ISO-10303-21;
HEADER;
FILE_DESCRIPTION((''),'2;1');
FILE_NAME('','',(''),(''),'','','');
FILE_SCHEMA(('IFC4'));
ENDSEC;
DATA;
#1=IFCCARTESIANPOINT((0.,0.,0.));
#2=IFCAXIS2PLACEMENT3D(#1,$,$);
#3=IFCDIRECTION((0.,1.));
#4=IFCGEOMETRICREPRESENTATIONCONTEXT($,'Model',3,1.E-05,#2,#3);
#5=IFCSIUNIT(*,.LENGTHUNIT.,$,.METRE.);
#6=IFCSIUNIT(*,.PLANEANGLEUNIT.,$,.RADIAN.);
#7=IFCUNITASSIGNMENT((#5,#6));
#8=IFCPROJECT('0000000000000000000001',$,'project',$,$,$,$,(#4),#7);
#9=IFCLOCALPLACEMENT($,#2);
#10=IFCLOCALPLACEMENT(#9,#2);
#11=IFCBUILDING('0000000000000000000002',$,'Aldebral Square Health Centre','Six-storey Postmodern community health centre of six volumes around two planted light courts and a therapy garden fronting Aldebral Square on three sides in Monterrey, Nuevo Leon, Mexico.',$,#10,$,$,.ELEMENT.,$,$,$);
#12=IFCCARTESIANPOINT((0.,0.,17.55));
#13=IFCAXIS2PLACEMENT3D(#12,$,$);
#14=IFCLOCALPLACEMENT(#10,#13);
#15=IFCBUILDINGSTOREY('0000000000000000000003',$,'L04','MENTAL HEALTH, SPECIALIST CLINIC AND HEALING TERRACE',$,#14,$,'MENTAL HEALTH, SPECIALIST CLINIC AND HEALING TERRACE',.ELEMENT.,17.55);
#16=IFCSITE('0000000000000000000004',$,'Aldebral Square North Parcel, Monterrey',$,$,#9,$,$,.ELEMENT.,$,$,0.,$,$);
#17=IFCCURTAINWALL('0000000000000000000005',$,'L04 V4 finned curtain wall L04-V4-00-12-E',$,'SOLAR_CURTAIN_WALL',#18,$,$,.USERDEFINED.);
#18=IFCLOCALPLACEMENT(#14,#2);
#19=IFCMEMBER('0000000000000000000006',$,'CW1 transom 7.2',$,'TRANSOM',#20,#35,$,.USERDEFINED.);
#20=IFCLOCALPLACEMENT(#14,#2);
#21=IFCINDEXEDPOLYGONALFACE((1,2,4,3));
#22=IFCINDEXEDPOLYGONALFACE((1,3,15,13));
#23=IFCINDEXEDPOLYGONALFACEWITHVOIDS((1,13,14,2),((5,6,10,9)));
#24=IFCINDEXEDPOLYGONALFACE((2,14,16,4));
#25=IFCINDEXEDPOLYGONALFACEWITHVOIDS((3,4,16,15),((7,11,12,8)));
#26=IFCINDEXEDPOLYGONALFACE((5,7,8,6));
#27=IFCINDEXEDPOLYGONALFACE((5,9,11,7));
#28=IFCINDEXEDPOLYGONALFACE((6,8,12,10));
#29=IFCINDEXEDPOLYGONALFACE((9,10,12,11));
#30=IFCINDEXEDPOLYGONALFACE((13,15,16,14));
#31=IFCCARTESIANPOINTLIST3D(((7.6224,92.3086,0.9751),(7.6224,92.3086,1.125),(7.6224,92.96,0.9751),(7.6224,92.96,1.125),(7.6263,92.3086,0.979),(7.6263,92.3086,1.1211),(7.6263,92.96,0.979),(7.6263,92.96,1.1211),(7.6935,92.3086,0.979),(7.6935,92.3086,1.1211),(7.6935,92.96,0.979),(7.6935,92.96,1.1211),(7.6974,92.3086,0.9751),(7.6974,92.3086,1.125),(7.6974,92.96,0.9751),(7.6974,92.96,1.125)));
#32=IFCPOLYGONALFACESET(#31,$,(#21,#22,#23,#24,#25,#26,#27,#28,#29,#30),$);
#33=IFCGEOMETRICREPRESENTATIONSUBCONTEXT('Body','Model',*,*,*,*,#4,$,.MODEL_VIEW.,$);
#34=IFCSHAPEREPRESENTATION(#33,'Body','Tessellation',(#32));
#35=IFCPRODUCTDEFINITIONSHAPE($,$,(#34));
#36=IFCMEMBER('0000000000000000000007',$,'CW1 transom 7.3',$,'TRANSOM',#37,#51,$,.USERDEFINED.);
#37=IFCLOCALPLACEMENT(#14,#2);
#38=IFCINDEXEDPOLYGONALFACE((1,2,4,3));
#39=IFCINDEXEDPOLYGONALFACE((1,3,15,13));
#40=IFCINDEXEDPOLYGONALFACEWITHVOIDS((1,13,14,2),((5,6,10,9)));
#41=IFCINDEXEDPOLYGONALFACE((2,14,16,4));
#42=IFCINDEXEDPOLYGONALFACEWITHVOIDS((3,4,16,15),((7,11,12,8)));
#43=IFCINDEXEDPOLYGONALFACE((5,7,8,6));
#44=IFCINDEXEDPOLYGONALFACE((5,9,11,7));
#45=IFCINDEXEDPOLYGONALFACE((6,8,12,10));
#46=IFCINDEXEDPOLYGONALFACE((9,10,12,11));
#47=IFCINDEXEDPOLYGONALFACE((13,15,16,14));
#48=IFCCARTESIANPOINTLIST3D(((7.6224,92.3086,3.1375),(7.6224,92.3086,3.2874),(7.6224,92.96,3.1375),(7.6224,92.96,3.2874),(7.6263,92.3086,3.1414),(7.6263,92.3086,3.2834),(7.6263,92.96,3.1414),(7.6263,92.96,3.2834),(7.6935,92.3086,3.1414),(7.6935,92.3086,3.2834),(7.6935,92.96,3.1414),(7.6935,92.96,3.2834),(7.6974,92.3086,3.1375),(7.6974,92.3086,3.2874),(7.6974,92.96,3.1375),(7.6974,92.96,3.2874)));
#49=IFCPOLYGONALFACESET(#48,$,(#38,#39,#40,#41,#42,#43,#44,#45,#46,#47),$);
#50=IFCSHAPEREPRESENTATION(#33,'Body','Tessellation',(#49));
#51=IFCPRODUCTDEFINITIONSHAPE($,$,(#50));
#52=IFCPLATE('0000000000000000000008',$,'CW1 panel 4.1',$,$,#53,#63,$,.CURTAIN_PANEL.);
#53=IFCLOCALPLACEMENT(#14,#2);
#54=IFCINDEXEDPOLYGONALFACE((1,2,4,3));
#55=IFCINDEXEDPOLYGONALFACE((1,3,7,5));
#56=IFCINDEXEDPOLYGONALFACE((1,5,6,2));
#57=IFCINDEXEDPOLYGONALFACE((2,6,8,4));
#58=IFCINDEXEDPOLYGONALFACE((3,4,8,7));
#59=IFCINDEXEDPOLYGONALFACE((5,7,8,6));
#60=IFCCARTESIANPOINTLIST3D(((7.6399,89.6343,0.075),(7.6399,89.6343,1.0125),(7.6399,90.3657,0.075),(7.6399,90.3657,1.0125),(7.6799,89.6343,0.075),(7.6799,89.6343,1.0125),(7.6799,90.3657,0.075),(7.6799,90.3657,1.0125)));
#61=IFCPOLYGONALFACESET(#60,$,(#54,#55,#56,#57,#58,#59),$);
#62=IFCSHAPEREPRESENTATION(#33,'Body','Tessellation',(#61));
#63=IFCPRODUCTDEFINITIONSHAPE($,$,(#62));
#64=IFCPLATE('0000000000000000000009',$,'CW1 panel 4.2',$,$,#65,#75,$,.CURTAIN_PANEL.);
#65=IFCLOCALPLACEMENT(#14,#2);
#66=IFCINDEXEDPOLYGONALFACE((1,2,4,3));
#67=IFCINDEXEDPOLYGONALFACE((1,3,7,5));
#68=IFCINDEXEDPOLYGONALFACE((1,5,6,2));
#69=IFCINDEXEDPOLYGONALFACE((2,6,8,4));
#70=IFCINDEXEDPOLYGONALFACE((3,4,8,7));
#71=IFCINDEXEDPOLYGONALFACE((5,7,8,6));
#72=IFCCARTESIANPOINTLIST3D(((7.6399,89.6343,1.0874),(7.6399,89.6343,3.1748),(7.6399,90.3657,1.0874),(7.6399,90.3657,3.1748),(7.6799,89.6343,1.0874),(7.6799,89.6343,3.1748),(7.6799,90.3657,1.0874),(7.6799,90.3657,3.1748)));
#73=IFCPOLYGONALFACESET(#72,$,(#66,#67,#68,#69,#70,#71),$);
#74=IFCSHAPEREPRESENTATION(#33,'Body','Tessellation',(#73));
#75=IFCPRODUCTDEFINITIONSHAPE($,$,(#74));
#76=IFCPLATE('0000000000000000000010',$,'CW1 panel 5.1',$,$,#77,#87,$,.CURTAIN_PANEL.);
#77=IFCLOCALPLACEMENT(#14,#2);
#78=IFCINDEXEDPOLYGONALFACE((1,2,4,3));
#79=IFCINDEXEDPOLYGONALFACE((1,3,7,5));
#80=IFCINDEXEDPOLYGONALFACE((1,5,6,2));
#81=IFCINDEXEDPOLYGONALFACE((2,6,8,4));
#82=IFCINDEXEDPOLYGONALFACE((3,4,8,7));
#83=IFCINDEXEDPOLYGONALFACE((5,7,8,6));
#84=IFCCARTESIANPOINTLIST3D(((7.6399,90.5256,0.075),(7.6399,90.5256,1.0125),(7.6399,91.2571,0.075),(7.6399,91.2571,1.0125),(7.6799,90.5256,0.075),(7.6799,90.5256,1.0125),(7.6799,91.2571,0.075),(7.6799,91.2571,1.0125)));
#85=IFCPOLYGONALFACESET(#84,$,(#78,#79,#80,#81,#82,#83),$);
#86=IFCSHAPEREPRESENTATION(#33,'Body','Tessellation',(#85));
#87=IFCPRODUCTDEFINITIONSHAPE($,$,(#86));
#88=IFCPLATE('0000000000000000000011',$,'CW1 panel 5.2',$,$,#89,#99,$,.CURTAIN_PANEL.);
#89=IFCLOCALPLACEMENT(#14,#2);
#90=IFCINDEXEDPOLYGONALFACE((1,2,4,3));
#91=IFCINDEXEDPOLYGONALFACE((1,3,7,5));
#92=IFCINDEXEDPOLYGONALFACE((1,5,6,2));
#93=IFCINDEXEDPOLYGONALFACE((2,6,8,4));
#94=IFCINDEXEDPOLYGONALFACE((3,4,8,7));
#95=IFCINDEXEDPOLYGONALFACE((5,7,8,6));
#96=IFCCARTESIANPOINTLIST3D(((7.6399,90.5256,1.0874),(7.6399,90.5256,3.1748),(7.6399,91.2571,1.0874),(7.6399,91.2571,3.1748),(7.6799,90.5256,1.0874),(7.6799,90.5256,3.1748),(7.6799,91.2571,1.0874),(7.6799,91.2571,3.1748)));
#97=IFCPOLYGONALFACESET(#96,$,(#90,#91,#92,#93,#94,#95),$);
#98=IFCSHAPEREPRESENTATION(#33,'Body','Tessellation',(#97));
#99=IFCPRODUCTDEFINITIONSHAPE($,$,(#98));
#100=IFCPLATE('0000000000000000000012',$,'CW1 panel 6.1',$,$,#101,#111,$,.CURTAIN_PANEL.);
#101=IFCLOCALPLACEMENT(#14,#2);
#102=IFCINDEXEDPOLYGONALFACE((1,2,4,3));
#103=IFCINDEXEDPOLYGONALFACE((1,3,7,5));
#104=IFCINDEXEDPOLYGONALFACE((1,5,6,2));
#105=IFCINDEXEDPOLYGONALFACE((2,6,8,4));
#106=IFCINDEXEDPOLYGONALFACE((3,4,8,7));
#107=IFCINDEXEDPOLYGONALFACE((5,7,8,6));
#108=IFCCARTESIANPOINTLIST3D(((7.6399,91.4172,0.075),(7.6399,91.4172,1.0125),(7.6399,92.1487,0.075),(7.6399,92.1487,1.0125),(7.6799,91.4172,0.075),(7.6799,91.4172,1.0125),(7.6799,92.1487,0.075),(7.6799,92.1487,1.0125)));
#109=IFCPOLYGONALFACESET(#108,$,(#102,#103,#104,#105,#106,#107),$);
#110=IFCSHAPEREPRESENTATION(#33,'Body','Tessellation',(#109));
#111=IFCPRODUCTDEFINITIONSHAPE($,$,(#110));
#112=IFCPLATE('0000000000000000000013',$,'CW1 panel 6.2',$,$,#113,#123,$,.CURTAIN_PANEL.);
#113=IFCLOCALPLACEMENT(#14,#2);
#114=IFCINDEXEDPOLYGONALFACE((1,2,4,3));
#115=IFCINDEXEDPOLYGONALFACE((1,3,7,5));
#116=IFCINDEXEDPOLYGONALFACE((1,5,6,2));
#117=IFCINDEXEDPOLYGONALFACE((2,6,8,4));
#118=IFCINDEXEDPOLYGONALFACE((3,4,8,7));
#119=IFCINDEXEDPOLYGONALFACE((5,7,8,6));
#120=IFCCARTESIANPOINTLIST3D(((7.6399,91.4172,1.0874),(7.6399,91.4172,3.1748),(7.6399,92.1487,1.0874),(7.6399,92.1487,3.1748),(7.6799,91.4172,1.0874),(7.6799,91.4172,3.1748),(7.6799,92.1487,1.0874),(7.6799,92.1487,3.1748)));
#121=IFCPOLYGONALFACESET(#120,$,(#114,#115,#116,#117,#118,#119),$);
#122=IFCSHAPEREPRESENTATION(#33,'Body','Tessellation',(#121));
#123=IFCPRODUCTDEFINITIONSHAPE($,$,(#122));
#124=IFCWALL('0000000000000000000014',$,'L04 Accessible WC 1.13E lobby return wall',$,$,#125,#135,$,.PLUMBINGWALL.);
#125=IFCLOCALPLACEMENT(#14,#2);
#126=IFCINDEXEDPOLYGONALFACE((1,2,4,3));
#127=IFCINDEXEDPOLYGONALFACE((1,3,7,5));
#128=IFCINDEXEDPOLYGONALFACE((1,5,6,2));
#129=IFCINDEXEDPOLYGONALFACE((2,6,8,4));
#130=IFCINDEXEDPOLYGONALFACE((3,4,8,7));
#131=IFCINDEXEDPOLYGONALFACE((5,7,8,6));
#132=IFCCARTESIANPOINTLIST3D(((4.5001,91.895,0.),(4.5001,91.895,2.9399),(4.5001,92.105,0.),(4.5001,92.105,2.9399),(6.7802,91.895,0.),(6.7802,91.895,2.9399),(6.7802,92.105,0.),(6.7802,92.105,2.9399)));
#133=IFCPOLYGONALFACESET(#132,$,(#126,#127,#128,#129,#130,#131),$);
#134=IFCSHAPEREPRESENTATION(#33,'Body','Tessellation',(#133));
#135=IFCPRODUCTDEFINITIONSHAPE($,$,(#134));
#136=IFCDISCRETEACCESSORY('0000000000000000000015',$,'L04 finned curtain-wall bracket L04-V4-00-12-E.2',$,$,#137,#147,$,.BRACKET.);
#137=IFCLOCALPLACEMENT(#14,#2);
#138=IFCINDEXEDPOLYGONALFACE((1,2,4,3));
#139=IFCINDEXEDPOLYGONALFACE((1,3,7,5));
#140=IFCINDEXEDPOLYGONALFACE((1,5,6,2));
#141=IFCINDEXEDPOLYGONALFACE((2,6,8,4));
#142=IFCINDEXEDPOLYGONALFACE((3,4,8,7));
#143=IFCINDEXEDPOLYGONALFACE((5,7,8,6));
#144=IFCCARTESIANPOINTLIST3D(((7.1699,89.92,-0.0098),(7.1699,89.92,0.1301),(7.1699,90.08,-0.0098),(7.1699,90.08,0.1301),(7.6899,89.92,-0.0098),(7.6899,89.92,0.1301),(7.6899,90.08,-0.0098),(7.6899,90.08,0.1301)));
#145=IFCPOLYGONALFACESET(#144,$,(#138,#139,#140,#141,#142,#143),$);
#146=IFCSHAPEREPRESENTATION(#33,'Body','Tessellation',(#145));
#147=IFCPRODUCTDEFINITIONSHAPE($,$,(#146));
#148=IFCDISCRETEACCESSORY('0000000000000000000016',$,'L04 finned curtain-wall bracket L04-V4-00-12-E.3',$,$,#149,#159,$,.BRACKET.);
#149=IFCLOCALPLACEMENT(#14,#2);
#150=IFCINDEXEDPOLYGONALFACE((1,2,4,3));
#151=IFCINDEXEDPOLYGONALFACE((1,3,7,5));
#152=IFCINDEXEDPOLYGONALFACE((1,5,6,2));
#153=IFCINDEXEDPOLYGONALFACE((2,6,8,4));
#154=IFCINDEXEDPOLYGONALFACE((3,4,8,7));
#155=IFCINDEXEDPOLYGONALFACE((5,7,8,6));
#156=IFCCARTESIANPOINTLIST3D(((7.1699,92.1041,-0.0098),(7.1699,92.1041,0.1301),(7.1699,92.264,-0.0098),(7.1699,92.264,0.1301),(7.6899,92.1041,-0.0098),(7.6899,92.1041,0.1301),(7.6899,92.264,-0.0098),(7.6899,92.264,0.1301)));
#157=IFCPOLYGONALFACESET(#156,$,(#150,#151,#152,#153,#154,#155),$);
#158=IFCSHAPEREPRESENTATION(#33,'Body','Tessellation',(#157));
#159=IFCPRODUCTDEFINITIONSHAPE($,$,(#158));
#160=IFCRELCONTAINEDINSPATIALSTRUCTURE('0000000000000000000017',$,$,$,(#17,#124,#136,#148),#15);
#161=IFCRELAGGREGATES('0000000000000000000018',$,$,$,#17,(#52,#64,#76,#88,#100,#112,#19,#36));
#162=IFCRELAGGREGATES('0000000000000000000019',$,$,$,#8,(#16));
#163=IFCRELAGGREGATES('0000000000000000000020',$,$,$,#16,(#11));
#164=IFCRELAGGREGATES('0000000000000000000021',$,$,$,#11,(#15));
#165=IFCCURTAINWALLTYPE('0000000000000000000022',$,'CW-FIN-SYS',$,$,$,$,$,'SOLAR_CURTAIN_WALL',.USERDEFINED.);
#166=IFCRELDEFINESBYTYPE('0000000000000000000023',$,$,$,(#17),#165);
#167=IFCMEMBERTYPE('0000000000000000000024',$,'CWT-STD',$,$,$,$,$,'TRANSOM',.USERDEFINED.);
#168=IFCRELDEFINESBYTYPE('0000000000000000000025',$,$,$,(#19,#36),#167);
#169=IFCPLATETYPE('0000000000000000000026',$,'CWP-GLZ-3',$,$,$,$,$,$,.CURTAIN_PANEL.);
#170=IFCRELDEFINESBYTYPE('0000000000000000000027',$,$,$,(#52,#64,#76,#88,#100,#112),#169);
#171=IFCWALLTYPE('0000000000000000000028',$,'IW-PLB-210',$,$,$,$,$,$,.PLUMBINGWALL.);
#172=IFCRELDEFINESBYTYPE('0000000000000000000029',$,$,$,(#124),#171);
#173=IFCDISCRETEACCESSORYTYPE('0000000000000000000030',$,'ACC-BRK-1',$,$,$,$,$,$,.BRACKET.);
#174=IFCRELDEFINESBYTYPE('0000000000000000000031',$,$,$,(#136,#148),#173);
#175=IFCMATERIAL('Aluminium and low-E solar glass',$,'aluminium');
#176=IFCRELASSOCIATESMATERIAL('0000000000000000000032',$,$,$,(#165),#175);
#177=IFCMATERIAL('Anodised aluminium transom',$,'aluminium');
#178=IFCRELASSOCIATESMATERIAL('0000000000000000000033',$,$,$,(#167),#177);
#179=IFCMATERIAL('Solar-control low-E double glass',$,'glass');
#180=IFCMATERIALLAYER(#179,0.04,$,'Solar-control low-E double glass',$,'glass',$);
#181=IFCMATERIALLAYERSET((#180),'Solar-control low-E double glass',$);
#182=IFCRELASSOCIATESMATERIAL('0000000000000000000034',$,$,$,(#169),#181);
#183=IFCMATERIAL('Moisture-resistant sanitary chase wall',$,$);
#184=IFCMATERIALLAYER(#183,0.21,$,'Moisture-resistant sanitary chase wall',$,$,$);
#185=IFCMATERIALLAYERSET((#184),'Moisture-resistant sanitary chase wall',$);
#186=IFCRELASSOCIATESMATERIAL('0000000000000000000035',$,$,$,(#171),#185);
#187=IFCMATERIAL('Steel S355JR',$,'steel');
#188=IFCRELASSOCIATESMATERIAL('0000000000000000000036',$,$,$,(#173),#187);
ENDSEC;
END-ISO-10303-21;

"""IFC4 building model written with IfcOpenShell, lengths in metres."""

from ifc_helpers import new_model, si_unit, direction, frame, frame_2d, origin, origin_2d, place, context, subcontext, project, spatial, rectangle, hollow_rectangle, extrude, material, layer, layer_set, material_profile, profile_set, type_object, element, aggregate, save


model = new_model("IFC4")

# Units and contexts
model_context = context("Model", 3, precision=1e-05, world=origin(), true_north=direction((0.0, 1.0)))
body_context = subcontext(model_context, "Body", "Model", "MODEL_VIEW")
ifc_project = project(units=[si_unit("LENGTHUNIT", "METRE"), si_unit("PLANEANGLEUNIT", "RADIAN")], contexts=[model_context])

# Site, building, storey
site_placement = place(None, origin())
site = spatial("IfcSite", under=ifc_project, at=site_placement, Name="Aldebral Square North Parcel, Monterrey", CompositionType="ELEMENT", RefElevation=0.0)
building_placement = place(site_placement, origin())
building = spatial("IfcBuilding", under=site, at=building_placement, Name="Aldebral Square Health Centre", Description="Six-storey Postmodern community health centre of six volumes around two planted light courts and a therapy garden fronting Aldebral Square on three sides in Monterrey, Nuevo Leon, Mexico.", CompositionType="ELEMENT")
storey_placement = place(building_placement, frame((0.0, 0.0, 17.55)))
storey = spatial("IfcBuildingStorey", under=building, at=storey_placement, Name="L04", Description="MENTAL HEALTH, SPECIALIST CLINIC AND HEALING TERRACE", LongName="MENTAL HEALTH, SPECIALIST CLINIC AND HEALING TERRACE", CompositionType="ELEMENT", Elevation=17.55)

# Curtain wall, members, plates
ifc_material_1 = material(Name="Aluminium and low-E solar glass", Category="aluminium")
curtain_wall_type = type_object("IfcCurtainWallType", Name="CW-FIN-SYS", ElementType="SOLAR_CURTAIN_WALL", PredefinedType="USERDEFINED", material=ifc_material_1)
curtain_wall_placement = place(storey_placement, origin())
curtain_wall = element("IfcCurtainWall", 1, at=curtain_wall_placement, inside=storey, type_object=curtain_wall_type, Name="L04 V4 finned curtain wall L04-V4-00-12-E", ObjectType="SOLAR_CURTAIN_WALL", PredefinedType="USERDEFINED")
ifc_material_2 = material(Name="Anodised aluminium transom", Category="aluminium")
ifc_material_profile_1 = material_profile(ifc_material_2, hollow_rectangle(XDim=0.075, YDim=0.1499, WallThickness=0.0039, at=origin_2d()), Name="CWT 75x150x4")
ifc_profile_set_1 = profile_set([ifc_material_profile_1], Name="Anodised aluminium transom")
member_type_1 = type_object("IfcMemberType", Name="CWT-STD", ElementType="TRANSOM", PredefinedType="USERDEFINED", material=ifc_profile_set_1)
member_1_placement = place(storey_placement, frame((7.6599, 92.3086, 1.05), z_axis=(0.0, 1.0, 0.0), x_axis=(-1.0, 0.0, 0.0)))
member_1 = element("IfcMember", 2, at=member_1_placement, type_object=member_type_1, Name="CW1 transom 7.2", ObjectType="TRANSOM", PredefinedType="USERDEFINED", context=body_context, shape_type="SweptSolid", body=[
    extrude(hollow_rectangle(XDim=0.075, YDim=0.1499, WallThickness=0.0039, at=origin_2d()), origin(), (0.0, 0.0, 1.0), 0.6514),
])
member_2_placement = place(storey_placement, frame((7.6599, 92.3086, 3.2124), z_axis=(0.0, 1.0, 0.0), x_axis=(-1.0, 0.0, 0.0)))
member_2 = element("IfcMember", 3, at=member_2_placement, type_object=member_type_1, Name="CW1 transom 7.3", ObjectType="TRANSOM", PredefinedType="USERDEFINED", context=body_context, shape_type="SweptSolid", body=[
    extrude(hollow_rectangle(XDim=0.075, YDim=0.1499, WallThickness=0.0039, at=origin_2d()), origin(), (0.0, 0.0, 1.0), 0.6514),
])
ifc_material_3 = material(Name="Solar-control low-E double glass", Category="glass")
ifc_layer_1 = layer(ifc_material_3, 0.04, Name="Solar-control low-E double glass", Category="glass")
ifc_layer_set_1 = layer_set([ifc_layer_1], Name="Solar-control low-E double glass")
plate_type = type_object("IfcPlateType", Name="CWP-GLZ-3", PredefinedType="CURTAIN_PANEL", material=ifc_layer_set_1)
plate_1_placement = place(storey_placement, frame((7.6599, 90.0, 0.075), z_axis=(0.0, 0.0, 1.0), x_axis=(0.0, 1.0, 0.0)))
plate_1 = element("IfcPlate", 4, at=plate_1_placement, type_object=plate_type, Name="CW1 panel 4.1", PredefinedType="CURTAIN_PANEL", context=body_context, shape_type="SweptSolid", body=[
    extrude(rectangle(XDim=0.7314, YDim=0.04, at=origin_2d()), origin(), (0.0, 0.0, 1.0), 0.9375),
])
plate_2_placement = place(storey_placement, frame((7.6599, 90.0, 1.0874), z_axis=(0.0, 0.0, 1.0), x_axis=(0.0, 1.0, 0.0)))
plate_2 = element("IfcPlate", 5, at=plate_2_placement, type_object=plate_type, Name="CW1 panel 4.2", PredefinedType="CURTAIN_PANEL", context=body_context, shape_type="SweptSolid", body=[
    extrude(rectangle(XDim=0.7314, YDim=0.04, at=origin_2d()), origin(), (0.0, 0.0, 1.0), 2.0874),
])
plate_3_placement = place(storey_placement, frame((7.6599, 90.8914, 0.075), z_axis=(0.0, 0.0, 1.0), x_axis=(0.0, 1.0, 0.0)))
plate_3 = element("IfcPlate", 6, at=plate_3_placement, type_object=plate_type, Name="CW1 panel 5.1", PredefinedType="CURTAIN_PANEL", context=body_context, shape_type="SweptSolid", body=[
    extrude(rectangle(XDim=0.7314, YDim=0.04, at=origin_2d()), origin(), (0.0, 0.0, 1.0), 0.9375),
])
plate_4_placement = place(storey_placement, frame((7.6599, 90.8914, 1.0874), z_axis=(0.0, 0.0, 1.0), x_axis=(0.0, 1.0, 0.0)))
plate_4 = element("IfcPlate", 7, at=plate_4_placement, type_object=plate_type, Name="CW1 panel 5.2", PredefinedType="CURTAIN_PANEL", context=body_context, shape_type="SweptSolid", body=[
    extrude(rectangle(XDim=0.7314, YDim=0.04, at=origin_2d()), origin(), (0.0, 0.0, 1.0), 2.0874),
])
plate_5_placement = place(storey_placement, frame((7.6599, 91.783, 0.075), z_axis=(0.0, 0.0, 1.0), x_axis=(0.0, 1.0, 0.0)))
plate_5 = element("IfcPlate", 8, at=plate_5_placement, type_object=plate_type, Name="CW1 panel 6.1", PredefinedType="CURTAIN_PANEL", context=body_context, shape_type="SweptSolid", body=[
    extrude(rectangle(XDim=0.7314, YDim=0.04, at=origin_2d()), origin(), (0.0, 0.0, 1.0), 0.9375),
])
plate_6_placement = place(storey_placement, frame((7.6599, 91.783, 1.0874), z_axis=(0.0, 0.0, 1.0), x_axis=(0.0, 1.0, 0.0)))
plate_6 = element("IfcPlate", 9, at=plate_6_placement, type_object=plate_type, Name="CW1 panel 6.2", PredefinedType="CURTAIN_PANEL", context=body_context, shape_type="SweptSolid", body=[
    extrude(rectangle(XDim=0.7314, YDim=0.04, at=origin_2d()), origin(), (0.0, 0.0, 1.0), 2.0874),
])
aggregate(curtain_wall, [plate_1, plate_2, plate_3, plate_4, plate_5, plate_6, member_1, member_2])

# Wall
ifc_material_4 = material(Name="Moisture-resistant sanitary chase wall")
ifc_layer_2 = layer(ifc_material_4, 0.21, Name="Moisture-resistant sanitary chase wall")
ifc_layer_set_2 = layer_set([ifc_layer_2], Name="Moisture-resistant sanitary chase wall")
wall_type = type_object("IfcWallType", Name="IW-PLB-210", PredefinedType="PLUMBINGWALL", material=ifc_layer_set_2)
wall_placement = place(storey_placement, frame((4.5, 92.0, 0.0), z_axis=(0.0, 0.0, 1.0), x_axis=(1.0, 0.0, 0.0)))
element("IfcWall", 10, at=wall_placement, inside=storey, type_object=wall_type, Name="L04 Accessible WC 1.13E lobby return wall", PredefinedType="PLUMBINGWALL", context=body_context, shape_type="SweptSolid", body=[
    extrude(rectangle(XDim=2.28, YDim=0.21, at=frame_2d((1.1401, 0.0))), origin(), (0.0, 0.0, 1.0), 2.9399),
])

# Discrete accessories
ifc_material_5 = material(Name="Steel S355JR", Category="steel")
discrete_accessory_type = type_object("IfcDiscreteAccessoryType", Name="ACC-BRK-1", PredefinedType="BRACKET", material=ifc_material_5)
for number, where, z_axis, x_axis, name in (
    (11, (7.4299, 90.0, -0.0098), (0.0, 0.0, 1.0), (0.0, 1.0, 0.0), "L04 finned curtain-wall bracket L04-V4-00-12-E.2"),
    (12, (7.4299, 92.1841, -0.0098), (0.0, 0.0, 1.0), (0.0, 1.0, 0.0), "L04 finned curtain-wall bracket L04-V4-00-12-E.3"),
):
    element("IfcDiscreteAccessory", number, at=place(storey_placement, frame(where, z_axis=z_axis, x_axis=x_axis)), inside=storey, type_object=discrete_accessory_type, Name=name, PredefinedType="BRACKET", context=body_context, shape_type="SweptSolid", body=[
        extrude(rectangle(XDim=0.1599, YDim=0.52, at=origin_2d()), origin(), (0.0, 0.0, 1.0), 0.1399),
    ])

save(model, "model.ifc")
